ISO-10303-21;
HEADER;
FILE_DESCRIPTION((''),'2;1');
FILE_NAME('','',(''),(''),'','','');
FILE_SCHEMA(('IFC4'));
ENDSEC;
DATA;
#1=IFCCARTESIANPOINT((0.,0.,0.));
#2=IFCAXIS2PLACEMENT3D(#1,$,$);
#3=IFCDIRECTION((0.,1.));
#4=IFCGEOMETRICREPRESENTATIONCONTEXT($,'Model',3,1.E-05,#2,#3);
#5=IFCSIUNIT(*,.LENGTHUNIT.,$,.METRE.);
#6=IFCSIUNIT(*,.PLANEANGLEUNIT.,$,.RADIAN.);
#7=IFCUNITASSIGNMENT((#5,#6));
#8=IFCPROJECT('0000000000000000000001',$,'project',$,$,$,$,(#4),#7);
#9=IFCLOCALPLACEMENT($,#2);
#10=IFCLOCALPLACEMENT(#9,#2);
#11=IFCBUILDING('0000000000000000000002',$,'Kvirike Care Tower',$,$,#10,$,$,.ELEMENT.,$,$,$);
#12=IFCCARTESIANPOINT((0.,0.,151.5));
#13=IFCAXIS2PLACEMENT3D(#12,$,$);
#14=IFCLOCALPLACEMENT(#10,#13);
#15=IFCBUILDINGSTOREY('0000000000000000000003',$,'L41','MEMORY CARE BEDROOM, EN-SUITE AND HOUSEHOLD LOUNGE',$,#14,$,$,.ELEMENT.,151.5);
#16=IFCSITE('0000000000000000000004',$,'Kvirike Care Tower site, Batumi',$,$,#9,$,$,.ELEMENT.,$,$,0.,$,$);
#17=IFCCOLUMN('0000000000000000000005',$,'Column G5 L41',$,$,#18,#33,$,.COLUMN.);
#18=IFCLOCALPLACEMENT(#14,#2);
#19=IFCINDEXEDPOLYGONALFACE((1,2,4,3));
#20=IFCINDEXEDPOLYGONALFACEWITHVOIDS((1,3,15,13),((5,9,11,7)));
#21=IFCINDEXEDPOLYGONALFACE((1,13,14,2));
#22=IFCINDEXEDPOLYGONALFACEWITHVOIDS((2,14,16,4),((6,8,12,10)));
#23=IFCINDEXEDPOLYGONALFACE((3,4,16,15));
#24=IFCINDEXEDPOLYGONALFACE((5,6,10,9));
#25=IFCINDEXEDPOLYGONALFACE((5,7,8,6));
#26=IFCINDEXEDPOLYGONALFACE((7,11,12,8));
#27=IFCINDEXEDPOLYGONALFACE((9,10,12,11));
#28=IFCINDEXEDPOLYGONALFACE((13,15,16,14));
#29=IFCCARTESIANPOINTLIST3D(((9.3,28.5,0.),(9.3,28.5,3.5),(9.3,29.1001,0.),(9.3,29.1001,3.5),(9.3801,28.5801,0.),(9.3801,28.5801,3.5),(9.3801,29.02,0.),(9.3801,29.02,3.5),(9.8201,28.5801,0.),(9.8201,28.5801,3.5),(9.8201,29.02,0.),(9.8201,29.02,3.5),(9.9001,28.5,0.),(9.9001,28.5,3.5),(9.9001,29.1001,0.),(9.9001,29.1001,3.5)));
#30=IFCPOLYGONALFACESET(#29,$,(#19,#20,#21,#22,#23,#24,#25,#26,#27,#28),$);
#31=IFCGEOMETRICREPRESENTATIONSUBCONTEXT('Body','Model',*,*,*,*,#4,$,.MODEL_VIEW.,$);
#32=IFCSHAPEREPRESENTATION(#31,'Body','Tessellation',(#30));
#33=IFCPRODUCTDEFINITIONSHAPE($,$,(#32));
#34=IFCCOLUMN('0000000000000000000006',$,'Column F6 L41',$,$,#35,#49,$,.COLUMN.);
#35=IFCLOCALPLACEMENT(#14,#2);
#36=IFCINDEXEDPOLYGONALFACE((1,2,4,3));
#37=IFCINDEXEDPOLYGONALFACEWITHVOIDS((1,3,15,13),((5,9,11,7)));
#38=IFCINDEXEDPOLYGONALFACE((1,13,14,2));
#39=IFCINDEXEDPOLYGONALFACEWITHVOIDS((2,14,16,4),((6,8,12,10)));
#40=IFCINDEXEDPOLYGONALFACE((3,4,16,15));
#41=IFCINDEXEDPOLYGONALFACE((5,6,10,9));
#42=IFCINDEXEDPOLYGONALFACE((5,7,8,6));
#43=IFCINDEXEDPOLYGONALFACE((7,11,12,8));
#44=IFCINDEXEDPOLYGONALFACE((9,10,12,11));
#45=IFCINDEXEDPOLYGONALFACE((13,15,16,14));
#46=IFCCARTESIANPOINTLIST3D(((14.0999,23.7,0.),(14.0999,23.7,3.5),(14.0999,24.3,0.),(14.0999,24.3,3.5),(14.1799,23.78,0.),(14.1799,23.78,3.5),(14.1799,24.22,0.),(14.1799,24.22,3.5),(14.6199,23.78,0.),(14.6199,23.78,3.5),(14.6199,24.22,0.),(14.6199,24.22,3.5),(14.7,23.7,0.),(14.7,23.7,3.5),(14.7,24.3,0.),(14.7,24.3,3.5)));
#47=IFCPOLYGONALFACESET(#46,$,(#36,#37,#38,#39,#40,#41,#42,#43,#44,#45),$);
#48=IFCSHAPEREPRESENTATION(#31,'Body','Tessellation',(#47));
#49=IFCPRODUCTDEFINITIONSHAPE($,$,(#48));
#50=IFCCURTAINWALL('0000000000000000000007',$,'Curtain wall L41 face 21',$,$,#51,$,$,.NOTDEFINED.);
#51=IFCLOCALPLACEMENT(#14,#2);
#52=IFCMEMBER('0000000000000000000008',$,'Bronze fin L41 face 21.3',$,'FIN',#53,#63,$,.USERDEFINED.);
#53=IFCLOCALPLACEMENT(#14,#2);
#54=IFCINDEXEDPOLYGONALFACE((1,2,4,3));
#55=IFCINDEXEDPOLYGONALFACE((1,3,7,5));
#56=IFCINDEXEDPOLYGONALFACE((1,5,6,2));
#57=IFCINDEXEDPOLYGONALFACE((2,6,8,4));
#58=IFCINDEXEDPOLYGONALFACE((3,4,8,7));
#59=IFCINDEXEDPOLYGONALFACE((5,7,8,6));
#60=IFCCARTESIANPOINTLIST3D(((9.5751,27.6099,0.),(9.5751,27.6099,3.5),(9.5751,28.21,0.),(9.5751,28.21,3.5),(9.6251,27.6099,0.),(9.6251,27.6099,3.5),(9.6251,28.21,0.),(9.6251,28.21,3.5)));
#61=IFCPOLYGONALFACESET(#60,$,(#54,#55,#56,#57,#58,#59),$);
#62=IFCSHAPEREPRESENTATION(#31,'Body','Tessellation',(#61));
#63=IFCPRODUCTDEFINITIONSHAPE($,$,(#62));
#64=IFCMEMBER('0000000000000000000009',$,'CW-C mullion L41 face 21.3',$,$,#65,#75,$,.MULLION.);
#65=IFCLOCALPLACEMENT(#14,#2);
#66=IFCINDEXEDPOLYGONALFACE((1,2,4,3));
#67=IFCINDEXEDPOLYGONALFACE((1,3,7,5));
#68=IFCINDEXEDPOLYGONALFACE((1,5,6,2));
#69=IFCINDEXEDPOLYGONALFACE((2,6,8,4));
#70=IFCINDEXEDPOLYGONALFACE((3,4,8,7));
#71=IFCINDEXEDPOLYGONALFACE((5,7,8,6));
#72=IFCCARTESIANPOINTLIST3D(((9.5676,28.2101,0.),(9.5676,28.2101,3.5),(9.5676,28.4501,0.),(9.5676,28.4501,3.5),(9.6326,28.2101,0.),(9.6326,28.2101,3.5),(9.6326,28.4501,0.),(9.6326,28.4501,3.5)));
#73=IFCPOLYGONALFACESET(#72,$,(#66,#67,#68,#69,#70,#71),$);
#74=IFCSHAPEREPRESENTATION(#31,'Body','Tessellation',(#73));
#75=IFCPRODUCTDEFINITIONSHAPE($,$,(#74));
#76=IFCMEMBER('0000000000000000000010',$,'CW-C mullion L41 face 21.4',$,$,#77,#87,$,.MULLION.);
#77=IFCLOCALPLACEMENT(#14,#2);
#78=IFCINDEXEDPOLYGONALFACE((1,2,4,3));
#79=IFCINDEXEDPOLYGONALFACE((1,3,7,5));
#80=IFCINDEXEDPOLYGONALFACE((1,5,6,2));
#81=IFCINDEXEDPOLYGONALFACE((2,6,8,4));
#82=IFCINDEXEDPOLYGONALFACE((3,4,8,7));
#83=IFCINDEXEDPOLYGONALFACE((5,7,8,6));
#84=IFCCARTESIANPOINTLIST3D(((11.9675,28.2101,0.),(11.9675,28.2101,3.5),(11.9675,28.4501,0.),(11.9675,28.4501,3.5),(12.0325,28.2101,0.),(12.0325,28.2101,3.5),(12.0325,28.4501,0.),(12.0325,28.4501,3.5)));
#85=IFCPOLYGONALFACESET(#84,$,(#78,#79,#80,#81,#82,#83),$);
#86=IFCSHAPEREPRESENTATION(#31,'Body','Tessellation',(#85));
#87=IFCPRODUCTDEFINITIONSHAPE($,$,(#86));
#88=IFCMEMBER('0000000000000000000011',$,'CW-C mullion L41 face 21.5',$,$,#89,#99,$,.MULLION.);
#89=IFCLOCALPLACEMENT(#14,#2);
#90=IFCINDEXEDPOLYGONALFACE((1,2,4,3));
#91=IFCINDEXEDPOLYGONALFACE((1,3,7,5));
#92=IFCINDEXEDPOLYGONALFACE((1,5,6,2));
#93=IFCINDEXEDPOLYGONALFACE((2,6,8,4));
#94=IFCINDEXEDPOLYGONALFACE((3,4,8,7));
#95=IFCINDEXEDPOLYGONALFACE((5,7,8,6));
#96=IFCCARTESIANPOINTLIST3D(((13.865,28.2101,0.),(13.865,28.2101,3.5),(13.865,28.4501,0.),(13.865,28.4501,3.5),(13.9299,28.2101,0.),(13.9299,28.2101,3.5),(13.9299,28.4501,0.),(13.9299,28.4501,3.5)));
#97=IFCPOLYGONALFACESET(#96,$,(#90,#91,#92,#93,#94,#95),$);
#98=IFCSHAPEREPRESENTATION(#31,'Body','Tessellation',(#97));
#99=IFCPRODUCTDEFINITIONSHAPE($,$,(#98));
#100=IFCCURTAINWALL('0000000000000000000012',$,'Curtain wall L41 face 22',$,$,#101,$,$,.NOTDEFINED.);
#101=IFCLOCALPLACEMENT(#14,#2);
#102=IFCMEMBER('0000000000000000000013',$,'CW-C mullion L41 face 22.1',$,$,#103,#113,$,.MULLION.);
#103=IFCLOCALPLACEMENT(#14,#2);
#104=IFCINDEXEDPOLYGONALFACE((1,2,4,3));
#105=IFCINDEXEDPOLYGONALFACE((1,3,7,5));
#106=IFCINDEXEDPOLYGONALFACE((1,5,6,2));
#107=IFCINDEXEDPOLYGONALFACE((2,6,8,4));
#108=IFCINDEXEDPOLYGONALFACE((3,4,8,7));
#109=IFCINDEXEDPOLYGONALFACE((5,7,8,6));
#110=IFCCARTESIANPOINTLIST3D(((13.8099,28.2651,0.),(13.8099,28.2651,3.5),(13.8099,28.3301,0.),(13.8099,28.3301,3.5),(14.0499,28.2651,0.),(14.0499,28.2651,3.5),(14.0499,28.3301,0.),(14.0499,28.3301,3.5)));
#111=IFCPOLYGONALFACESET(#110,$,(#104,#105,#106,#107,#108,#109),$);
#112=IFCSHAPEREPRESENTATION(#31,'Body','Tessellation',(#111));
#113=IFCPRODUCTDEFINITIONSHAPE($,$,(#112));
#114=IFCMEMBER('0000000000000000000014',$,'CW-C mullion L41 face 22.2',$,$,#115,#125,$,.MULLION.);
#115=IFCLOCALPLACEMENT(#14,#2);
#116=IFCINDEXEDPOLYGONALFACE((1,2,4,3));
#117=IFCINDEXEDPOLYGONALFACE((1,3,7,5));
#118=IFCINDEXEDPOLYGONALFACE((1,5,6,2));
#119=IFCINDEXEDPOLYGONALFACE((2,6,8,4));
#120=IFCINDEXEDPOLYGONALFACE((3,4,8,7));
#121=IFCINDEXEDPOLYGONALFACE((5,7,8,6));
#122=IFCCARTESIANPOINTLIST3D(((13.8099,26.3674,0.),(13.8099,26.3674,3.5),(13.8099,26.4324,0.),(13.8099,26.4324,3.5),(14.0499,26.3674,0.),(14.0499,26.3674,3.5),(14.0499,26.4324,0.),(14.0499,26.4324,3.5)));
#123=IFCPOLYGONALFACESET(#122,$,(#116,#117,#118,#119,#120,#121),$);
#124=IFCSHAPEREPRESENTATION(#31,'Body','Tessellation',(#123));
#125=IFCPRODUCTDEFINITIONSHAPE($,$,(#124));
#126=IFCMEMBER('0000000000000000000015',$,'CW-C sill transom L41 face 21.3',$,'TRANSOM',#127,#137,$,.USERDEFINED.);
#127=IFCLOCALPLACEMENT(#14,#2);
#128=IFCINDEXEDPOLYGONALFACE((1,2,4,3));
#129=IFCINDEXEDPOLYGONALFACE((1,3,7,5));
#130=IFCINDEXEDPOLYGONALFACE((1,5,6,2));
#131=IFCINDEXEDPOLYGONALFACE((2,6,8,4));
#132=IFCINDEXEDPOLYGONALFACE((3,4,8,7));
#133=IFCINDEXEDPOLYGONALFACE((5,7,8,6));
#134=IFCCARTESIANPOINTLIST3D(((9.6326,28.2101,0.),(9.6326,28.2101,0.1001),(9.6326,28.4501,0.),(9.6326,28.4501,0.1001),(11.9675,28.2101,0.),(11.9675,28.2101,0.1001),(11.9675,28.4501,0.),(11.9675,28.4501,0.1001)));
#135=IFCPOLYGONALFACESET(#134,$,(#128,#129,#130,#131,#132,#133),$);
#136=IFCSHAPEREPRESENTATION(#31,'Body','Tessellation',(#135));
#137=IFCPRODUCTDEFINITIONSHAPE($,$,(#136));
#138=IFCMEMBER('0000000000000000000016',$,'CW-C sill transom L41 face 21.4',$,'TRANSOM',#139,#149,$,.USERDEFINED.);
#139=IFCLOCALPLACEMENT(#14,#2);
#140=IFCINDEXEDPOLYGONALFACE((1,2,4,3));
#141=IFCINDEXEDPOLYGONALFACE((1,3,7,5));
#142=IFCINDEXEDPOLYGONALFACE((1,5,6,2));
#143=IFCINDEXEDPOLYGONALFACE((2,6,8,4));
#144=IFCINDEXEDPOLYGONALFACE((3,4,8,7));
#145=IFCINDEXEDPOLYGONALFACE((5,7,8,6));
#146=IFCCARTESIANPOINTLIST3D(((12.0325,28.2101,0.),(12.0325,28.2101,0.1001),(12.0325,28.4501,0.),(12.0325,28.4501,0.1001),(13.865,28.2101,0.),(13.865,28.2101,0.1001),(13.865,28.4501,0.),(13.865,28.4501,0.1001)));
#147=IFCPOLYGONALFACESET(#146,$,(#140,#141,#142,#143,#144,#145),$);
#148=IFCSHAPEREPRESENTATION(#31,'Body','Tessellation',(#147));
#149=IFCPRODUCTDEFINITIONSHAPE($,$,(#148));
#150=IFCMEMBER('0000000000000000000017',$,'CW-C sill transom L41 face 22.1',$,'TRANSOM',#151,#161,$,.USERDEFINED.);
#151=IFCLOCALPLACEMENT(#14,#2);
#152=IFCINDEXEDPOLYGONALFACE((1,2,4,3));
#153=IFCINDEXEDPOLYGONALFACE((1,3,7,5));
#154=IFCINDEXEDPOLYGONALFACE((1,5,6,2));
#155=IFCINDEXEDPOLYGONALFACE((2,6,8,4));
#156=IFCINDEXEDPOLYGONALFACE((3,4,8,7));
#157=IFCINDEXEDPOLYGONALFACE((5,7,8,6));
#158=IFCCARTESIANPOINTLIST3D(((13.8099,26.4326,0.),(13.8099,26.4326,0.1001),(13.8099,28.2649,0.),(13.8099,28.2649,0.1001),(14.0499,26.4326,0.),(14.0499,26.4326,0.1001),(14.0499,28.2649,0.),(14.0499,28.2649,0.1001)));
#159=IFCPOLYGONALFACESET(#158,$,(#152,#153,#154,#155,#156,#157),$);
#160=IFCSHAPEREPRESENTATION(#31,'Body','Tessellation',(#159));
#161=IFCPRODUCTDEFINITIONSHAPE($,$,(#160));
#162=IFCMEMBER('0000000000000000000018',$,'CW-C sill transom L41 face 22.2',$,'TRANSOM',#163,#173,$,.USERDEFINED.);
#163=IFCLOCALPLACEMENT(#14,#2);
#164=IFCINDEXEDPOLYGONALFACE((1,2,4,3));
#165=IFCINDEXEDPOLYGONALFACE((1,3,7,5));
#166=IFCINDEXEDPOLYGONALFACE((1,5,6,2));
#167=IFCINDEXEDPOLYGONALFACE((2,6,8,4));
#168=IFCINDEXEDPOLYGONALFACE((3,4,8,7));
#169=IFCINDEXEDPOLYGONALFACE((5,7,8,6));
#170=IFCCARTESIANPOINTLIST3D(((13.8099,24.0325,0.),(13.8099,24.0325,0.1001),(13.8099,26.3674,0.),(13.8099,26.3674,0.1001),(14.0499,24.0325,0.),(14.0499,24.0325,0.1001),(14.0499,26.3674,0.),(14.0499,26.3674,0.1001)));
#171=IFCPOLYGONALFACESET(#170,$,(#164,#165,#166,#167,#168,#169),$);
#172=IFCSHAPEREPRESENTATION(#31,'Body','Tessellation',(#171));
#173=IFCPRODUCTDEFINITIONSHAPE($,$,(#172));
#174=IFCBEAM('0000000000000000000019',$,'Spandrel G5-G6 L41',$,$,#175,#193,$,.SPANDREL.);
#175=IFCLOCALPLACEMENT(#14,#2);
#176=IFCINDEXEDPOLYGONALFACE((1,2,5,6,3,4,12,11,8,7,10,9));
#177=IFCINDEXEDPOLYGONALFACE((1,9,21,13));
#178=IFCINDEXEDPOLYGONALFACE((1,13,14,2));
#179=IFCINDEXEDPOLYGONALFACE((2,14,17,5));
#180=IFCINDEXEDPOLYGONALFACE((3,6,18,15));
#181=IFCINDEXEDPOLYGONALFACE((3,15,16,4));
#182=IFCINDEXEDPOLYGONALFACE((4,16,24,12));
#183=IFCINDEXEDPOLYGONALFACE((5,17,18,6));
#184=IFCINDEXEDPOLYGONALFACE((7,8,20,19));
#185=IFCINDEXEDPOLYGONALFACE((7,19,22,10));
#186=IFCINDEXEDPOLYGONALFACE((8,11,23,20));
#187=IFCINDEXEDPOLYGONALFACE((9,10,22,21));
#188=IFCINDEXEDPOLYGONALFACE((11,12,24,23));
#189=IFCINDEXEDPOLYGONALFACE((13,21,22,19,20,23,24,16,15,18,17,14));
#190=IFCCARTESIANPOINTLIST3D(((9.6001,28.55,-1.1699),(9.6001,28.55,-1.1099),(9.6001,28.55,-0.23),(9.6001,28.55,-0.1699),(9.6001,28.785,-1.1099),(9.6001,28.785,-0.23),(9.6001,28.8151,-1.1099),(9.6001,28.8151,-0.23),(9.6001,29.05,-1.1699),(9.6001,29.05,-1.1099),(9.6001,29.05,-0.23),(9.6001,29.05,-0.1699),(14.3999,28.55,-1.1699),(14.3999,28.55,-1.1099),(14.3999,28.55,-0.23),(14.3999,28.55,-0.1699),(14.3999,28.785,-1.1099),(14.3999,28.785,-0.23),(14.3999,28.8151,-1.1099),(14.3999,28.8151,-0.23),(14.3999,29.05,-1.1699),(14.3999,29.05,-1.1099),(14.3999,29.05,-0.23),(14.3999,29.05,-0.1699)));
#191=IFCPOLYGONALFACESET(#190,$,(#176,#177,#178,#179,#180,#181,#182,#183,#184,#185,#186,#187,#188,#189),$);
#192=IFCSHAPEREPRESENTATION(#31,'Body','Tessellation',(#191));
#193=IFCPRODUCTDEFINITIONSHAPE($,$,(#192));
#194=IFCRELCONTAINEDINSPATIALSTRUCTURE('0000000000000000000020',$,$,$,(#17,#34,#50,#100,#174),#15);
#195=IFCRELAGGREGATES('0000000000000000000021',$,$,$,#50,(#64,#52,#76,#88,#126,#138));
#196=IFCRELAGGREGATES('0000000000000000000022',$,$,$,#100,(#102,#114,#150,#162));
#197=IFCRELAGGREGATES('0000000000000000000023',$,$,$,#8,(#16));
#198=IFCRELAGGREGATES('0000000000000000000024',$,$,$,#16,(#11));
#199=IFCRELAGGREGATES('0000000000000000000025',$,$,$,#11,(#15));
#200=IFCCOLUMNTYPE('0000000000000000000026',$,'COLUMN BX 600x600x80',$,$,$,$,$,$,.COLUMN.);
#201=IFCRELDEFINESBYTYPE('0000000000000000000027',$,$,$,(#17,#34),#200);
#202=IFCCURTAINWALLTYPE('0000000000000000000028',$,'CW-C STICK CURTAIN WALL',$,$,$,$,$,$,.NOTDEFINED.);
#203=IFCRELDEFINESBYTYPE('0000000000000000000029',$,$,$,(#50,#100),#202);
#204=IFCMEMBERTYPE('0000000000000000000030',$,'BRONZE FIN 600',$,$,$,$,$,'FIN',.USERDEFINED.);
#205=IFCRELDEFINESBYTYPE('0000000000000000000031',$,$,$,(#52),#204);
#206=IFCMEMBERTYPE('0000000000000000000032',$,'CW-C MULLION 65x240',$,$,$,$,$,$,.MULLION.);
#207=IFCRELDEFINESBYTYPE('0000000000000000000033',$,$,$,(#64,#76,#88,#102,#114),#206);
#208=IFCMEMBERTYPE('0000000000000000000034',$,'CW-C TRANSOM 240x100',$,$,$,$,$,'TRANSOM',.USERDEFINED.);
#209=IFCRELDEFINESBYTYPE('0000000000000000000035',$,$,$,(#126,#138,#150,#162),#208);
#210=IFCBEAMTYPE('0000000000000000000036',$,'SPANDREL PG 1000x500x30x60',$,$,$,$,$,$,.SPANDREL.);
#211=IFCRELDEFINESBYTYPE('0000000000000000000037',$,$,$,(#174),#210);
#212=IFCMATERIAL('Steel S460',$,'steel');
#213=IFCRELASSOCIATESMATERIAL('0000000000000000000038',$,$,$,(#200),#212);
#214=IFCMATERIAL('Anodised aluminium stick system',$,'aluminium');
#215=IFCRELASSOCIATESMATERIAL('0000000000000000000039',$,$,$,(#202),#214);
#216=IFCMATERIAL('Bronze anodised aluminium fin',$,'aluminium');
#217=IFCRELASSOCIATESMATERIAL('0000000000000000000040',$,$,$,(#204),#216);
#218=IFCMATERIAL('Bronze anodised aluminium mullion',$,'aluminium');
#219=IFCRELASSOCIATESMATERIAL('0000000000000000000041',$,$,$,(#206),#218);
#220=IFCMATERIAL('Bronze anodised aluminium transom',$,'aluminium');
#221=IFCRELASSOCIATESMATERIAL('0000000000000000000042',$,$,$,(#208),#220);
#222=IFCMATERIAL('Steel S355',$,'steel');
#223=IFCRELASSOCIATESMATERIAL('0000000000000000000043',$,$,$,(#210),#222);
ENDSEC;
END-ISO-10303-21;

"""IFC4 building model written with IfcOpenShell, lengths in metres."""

from ifc_helpers import new_model, si_unit, direction, frame, origin, origin_2d, place, context, subcontext, project, spatial, rectangle, hollow_rectangle, i_section, extrude, material, material_profile, profile_set, type_object, element, aggregate, save


model = new_model("IFC4")

# Units and contexts
model_context = context("Model", 3, precision=1e-05, world=origin(), true_north=direction((0.0, 1.0)))
body_context = subcontext(model_context, "Body", "Model", "MODEL_VIEW")
ifc_project = project(units=[si_unit("LENGTHUNIT", "METRE"), si_unit("PLANEANGLEUNIT", "RADIAN")], contexts=[model_context])

# Site, building, storey
site_placement = place(None, origin())
site = spatial("IfcSite", under=ifc_project, at=site_placement, Name="Kvirike Care Tower site, Batumi", CompositionType="ELEMENT", RefElevation=0.0)
building_placement = place(site_placement, origin())
building = spatial("IfcBuilding", under=site, at=building_placement, Name="Kvirike Care Tower", CompositionType="ELEMENT")
storey_placement = place(building_placement, frame((0.0, 0.0, 151.5)))
storey = spatial("IfcBuildingStorey", under=building, at=storey_placement, Name="L41", Description="MEMORY CARE BEDROOM, EN-SUITE AND HOUSEHOLD LOUNGE", CompositionType="ELEMENT", Elevation=151.5)

# Columns
ifc_material_1 = material(Name="Steel S460", Category="steel")
ifc_material_profile_1 = material_profile(ifc_material_1, hollow_rectangle(XDim=0.6001, YDim=0.6001, WallThickness=0.0801, at=origin_2d()), Name="BX 600x600x80")
ifc_profile_set_1 = profile_set([ifc_material_profile_1], Name="Steel S460")
column_type = type_object("IfcColumnType", Name="COLUMN BX 600x600x80", PredefinedType="COLUMN", material=ifc_profile_set_1)
for number, where, z_axis, x_axis, name in (
    (1, (9.6001, 28.8, 0.0), (0.0, 0.0, 1.0), (0.0, 1.0, 0.0), "Column G5 L41"),
    (2, (14.3999, 24.0, 0.0), (0.0, 0.0, 1.0), (1.0, 0.0, 0.0), "Column F6 L41"),
):
    element("IfcColumn", number, at=place(storey_placement, frame(where, z_axis=z_axis, x_axis=x_axis)), inside=storey, type_object=column_type, Name=name, PredefinedType="COLUMN", context=body_context, shape_type="SweptSolid", body=[
        extrude(hollow_rectangle(XDim=0.6001, YDim=0.6001, WallThickness=0.0801, at=origin_2d()), origin(), (0.0, 0.0, 1.0), 3.5),
    ])

# Curtain walls, members
ifc_material_2 = material(Name="Anodised aluminium stick system", Category="aluminium")
curtain_wall_type = type_object("IfcCurtainWallType", Name="CW-C STICK CURTAIN WALL", PredefinedType="NOTDEFINED", material=ifc_material_2)
curtain_wall_1_placement = place(storey_placement, origin())
curtain_wall_1 = element("IfcCurtainWall", 3, at=curtain_wall_1_placement, inside=storey, type_object=curtain_wall_type, Name="Curtain wall L41 face 21", PredefinedType="NOTDEFINED")
ifc_material_3 = material(Name="Bronze anodised aluminium fin", Category="aluminium")
ifc_material_profile_2 = material_profile(ifc_material_3, rectangle(XDim=0.05, YDim=0.6001, at=origin_2d()), Name="BRONZE FIN 600")
ifc_profile_set_2 = profile_set([ifc_material_profile_2], Name="Bronze anodised aluminium fin")
member_type_1 = type_object("IfcMemberType", Name="BRONZE FIN 600", ElementType="FIN", PredefinedType="USERDEFINED", material=ifc_profile_set_2)
member_1_placement = place(storey_placement, frame((9.6001, 27.9099, 0.0), z_axis=(0.0, 0.0, 1.0), x_axis=(1.0, 0.0, 0.0)))
member_1 = element("IfcMember", 4, at=member_1_placement, type_object=member_type_1, Name="Bronze fin L41 face 21.3", ObjectType="FIN", PredefinedType="USERDEFINED", context=body_context, shape_type="SweptSolid", body=[
    extrude(rectangle(XDim=0.05, YDim=0.6001, at=origin_2d()), origin(), (0.0, 0.0, 1.0), 3.5),
])
ifc_material_4 = material(Name="Bronze anodised aluminium mullion", Category="aluminium")
ifc_material_profile_3 = material_profile(ifc_material_4, rectangle(XDim=0.0649, YDim=0.24, at=origin_2d()), Name="CW-C MULLION 65x240")
ifc_profile_set_3 = profile_set([ifc_material_profile_3], Name="Bronze anodised aluminium mullion")
member_type_2 = type_object("IfcMemberType", Name="CW-C MULLION 65x240", PredefinedType="MULLION", material=ifc_profile_set_3)
member_2_placement = place(storey_placement, frame((9.6001, 28.3301, 0.0), z_axis=(0.0, 0.0, 1.0), x_axis=(1.0, 0.0, 0.0)))
member_2 = element("IfcMember", 5, at=member_2_placement, type_object=member_type_2, Name="CW-C mullion L41 face 21.3", PredefinedType="MULLION", context=body_context, shape_type="SweptSolid", body=[
    extrude(rectangle(XDim=0.0649, YDim=0.24, at=origin_2d()), origin(), (0.0, 0.0, 1.0), 3.5),
])
member_3_placement = place(storey_placement, frame((12.0, 28.3301, 0.0), z_axis=(0.0, 0.0, 1.0), x_axis=(1.0, 0.0, 0.0)))
member_3 = element("IfcMember", 6, at=member_3_placement, type_object=member_type_2, Name="CW-C mullion L41 face 21.4", PredefinedType="MULLION", context=body_context, shape_type="SweptSolid", body=[
    extrude(rectangle(XDim=0.0649, YDim=0.24, at=origin_2d()), origin(), (0.0, 0.0, 1.0), 3.5),
])
member_4_placement = place(storey_placement, frame((13.8975, 28.3301, 0.0), z_axis=(0.0, 0.0, 1.0), x_axis=(1.0, 0.0, 0.0)))
member_4 = element("IfcMember", 7, at=member_4_placement, type_object=member_type_2, Name="CW-C mullion L41 face 21.5", PredefinedType="MULLION", context=body_context, shape_type="SweptSolid", body=[
    extrude(rectangle(XDim=0.0649, YDim=0.24, at=origin_2d()), origin(), (0.0, 0.0, 1.0), 3.5),
])
curtain_wall_2_placement = place(storey_placement, origin())
curtain_wall_2 = element("IfcCurtainWall", 8, at=curtain_wall_2_placement, inside=storey, type_object=curtain_wall_type, Name="Curtain wall L41 face 22", PredefinedType="NOTDEFINED")
member_5_placement = place(storey_placement, frame((13.9299, 28.2976, 0.0), z_axis=(0.0, 0.0, 1.0), x_axis=(0.0, -1.0, 0.0)))
member_5 = element("IfcMember", 9, at=member_5_placement, type_object=member_type_2, Name="CW-C mullion L41 face 22.1", PredefinedType="MULLION", context=body_context, shape_type="SweptSolid", body=[
    extrude(rectangle(XDim=0.0649, YDim=0.24, at=origin_2d()), origin(), (0.0, 0.0, 1.0), 3.5),
])
member_6_placement = place(storey_placement, frame((13.9299, 26.3999, 0.0), z_axis=(0.0, 0.0, 1.0), x_axis=(0.0, -1.0, 0.0)))
member_6 = element("IfcMember", 10, at=member_6_placement, type_object=member_type_2, Name="CW-C mullion L41 face 22.2", PredefinedType="MULLION", context=body_context, shape_type="SweptSolid", body=[
    extrude(rectangle(XDim=0.0649, YDim=0.24, at=origin_2d()), origin(), (0.0, 0.0, 1.0), 3.5),
])

# Members
ifc_material_5 = material(Name="Bronze anodised aluminium transom", Category="aluminium")
ifc_material_profile_4 = material_profile(ifc_material_5, rectangle(XDim=0.24, YDim=0.1001, at=origin_2d()), Name="CW-C TRANSOM 240x100")
ifc_profile_set_4 = profile_set([ifc_material_profile_4], Name="Bronze anodised aluminium transom")
member_type_3 = type_object("IfcMemberType", Name="CW-C TRANSOM 240x100", ElementType="TRANSOM", PredefinedType="USERDEFINED", material=ifc_profile_set_4)
member_7_placement = place(storey_placement, frame((9.6326, 28.3301, 0.05), z_axis=(1.0, 0.0, 0.0), x_axis=(0.0, 1.0, 0.0)))
member_7 = element("IfcMember", 11, at=member_7_placement, type_object=member_type_3, Name="CW-C sill transom L41 face 21.3", ObjectType="TRANSOM", PredefinedType="USERDEFINED", context=body_context, shape_type="SweptSolid", body=[
    extrude(rectangle(XDim=0.24, YDim=0.1001, at=origin_2d()), origin(), (0.0, 0.0, 1.0), 2.335),
])
member_8_placement = place(storey_placement, frame((12.0325, 28.3301, 0.05), z_axis=(1.0, 0.0, 0.0), x_axis=(0.0, 1.0, 0.0)))
member_8 = element("IfcMember", 12, at=member_8_placement, type_object=member_type_3, Name="CW-C sill transom L41 face 21.4", ObjectType="TRANSOM", PredefinedType="USERDEFINED", context=body_context, shape_type="SweptSolid", body=[
    extrude(rectangle(XDim=0.24, YDim=0.1001, at=origin_2d()), origin(), (0.0, 0.0, 1.0), 1.8325),
])
member_9_placement = place(storey_placement, frame((13.9299, 28.2649, 0.05), z_axis=(0.0, -1.0, 0.0), x_axis=(1.0, 0.0, 0.0)))
member_9 = element("IfcMember", 13, at=member_9_placement, type_object=member_type_3, Name="CW-C sill transom L41 face 22.1", ObjectType="TRANSOM", PredefinedType="USERDEFINED", context=body_context, shape_type="SweptSolid", body=[
    extrude(rectangle(XDim=0.24, YDim=0.1001, at=origin_2d()), origin(), (0.0, 0.0, 1.0), 1.8323),
])
member_10_placement = place(storey_placement, frame((13.9299, 26.3674, 0.05), z_axis=(0.0, -1.0, 0.0), x_axis=(1.0, 0.0, 0.0)))
member_10 = element("IfcMember", 14, at=member_10_placement, type_object=member_type_3, Name="CW-C sill transom L41 face 22.2", ObjectType="TRANSOM", PredefinedType="USERDEFINED", context=body_context, shape_type="SweptSolid", body=[
    extrude(rectangle(XDim=0.24, YDim=0.1001, at=origin_2d()), origin(), (0.0, 0.0, 1.0), 2.335),
])

# Beam
ifc_material_6 = material(Name="Steel S355", Category="steel")
ifc_material_profile_5 = material_profile(ifc_material_6, i_section(OverallWidth=0.5, OverallDepth=1.0, WebThickness=0.03, FlangeThickness=0.0601, at=origin_2d()), Name="PG 1000x500x30x60")
ifc_profile_set_5 = profile_set([ifc_material_profile_5], Name="Steel S355")
beam_type_1 = type_object("IfcBeamType", Name="SPANDREL PG 1000x500x30x60", PredefinedType="SPANDREL", material=ifc_profile_set_5)
beam_1_placement = place(storey_placement, frame((9.6001, 28.8, -0.6699), z_axis=(1.0, 0.0, 0.0), x_axis=(0.0, 1.0, 0.0)))
element("IfcBeam", 15, at=beam_1_placement, inside=storey, type_object=beam_type_1, Name="Spandrel G5-G6 L41", PredefinedType="SPANDREL", context=body_context, shape_type="SweptSolid", body=[
    extrude(i_section(OverallWidth=0.5, OverallDepth=1.0, WebThickness=0.03, FlangeThickness=0.0601, at=origin_2d()), origin(), (0.0, 0.0, 1.0), 4.7998),
])

aggregate(curtain_wall_1, [member_2, member_1, member_3, member_4, member_7, member_8])
aggregate(curtain_wall_2, [member_5, member_6, member_9, member_10])

save(model, "model.ifc")
